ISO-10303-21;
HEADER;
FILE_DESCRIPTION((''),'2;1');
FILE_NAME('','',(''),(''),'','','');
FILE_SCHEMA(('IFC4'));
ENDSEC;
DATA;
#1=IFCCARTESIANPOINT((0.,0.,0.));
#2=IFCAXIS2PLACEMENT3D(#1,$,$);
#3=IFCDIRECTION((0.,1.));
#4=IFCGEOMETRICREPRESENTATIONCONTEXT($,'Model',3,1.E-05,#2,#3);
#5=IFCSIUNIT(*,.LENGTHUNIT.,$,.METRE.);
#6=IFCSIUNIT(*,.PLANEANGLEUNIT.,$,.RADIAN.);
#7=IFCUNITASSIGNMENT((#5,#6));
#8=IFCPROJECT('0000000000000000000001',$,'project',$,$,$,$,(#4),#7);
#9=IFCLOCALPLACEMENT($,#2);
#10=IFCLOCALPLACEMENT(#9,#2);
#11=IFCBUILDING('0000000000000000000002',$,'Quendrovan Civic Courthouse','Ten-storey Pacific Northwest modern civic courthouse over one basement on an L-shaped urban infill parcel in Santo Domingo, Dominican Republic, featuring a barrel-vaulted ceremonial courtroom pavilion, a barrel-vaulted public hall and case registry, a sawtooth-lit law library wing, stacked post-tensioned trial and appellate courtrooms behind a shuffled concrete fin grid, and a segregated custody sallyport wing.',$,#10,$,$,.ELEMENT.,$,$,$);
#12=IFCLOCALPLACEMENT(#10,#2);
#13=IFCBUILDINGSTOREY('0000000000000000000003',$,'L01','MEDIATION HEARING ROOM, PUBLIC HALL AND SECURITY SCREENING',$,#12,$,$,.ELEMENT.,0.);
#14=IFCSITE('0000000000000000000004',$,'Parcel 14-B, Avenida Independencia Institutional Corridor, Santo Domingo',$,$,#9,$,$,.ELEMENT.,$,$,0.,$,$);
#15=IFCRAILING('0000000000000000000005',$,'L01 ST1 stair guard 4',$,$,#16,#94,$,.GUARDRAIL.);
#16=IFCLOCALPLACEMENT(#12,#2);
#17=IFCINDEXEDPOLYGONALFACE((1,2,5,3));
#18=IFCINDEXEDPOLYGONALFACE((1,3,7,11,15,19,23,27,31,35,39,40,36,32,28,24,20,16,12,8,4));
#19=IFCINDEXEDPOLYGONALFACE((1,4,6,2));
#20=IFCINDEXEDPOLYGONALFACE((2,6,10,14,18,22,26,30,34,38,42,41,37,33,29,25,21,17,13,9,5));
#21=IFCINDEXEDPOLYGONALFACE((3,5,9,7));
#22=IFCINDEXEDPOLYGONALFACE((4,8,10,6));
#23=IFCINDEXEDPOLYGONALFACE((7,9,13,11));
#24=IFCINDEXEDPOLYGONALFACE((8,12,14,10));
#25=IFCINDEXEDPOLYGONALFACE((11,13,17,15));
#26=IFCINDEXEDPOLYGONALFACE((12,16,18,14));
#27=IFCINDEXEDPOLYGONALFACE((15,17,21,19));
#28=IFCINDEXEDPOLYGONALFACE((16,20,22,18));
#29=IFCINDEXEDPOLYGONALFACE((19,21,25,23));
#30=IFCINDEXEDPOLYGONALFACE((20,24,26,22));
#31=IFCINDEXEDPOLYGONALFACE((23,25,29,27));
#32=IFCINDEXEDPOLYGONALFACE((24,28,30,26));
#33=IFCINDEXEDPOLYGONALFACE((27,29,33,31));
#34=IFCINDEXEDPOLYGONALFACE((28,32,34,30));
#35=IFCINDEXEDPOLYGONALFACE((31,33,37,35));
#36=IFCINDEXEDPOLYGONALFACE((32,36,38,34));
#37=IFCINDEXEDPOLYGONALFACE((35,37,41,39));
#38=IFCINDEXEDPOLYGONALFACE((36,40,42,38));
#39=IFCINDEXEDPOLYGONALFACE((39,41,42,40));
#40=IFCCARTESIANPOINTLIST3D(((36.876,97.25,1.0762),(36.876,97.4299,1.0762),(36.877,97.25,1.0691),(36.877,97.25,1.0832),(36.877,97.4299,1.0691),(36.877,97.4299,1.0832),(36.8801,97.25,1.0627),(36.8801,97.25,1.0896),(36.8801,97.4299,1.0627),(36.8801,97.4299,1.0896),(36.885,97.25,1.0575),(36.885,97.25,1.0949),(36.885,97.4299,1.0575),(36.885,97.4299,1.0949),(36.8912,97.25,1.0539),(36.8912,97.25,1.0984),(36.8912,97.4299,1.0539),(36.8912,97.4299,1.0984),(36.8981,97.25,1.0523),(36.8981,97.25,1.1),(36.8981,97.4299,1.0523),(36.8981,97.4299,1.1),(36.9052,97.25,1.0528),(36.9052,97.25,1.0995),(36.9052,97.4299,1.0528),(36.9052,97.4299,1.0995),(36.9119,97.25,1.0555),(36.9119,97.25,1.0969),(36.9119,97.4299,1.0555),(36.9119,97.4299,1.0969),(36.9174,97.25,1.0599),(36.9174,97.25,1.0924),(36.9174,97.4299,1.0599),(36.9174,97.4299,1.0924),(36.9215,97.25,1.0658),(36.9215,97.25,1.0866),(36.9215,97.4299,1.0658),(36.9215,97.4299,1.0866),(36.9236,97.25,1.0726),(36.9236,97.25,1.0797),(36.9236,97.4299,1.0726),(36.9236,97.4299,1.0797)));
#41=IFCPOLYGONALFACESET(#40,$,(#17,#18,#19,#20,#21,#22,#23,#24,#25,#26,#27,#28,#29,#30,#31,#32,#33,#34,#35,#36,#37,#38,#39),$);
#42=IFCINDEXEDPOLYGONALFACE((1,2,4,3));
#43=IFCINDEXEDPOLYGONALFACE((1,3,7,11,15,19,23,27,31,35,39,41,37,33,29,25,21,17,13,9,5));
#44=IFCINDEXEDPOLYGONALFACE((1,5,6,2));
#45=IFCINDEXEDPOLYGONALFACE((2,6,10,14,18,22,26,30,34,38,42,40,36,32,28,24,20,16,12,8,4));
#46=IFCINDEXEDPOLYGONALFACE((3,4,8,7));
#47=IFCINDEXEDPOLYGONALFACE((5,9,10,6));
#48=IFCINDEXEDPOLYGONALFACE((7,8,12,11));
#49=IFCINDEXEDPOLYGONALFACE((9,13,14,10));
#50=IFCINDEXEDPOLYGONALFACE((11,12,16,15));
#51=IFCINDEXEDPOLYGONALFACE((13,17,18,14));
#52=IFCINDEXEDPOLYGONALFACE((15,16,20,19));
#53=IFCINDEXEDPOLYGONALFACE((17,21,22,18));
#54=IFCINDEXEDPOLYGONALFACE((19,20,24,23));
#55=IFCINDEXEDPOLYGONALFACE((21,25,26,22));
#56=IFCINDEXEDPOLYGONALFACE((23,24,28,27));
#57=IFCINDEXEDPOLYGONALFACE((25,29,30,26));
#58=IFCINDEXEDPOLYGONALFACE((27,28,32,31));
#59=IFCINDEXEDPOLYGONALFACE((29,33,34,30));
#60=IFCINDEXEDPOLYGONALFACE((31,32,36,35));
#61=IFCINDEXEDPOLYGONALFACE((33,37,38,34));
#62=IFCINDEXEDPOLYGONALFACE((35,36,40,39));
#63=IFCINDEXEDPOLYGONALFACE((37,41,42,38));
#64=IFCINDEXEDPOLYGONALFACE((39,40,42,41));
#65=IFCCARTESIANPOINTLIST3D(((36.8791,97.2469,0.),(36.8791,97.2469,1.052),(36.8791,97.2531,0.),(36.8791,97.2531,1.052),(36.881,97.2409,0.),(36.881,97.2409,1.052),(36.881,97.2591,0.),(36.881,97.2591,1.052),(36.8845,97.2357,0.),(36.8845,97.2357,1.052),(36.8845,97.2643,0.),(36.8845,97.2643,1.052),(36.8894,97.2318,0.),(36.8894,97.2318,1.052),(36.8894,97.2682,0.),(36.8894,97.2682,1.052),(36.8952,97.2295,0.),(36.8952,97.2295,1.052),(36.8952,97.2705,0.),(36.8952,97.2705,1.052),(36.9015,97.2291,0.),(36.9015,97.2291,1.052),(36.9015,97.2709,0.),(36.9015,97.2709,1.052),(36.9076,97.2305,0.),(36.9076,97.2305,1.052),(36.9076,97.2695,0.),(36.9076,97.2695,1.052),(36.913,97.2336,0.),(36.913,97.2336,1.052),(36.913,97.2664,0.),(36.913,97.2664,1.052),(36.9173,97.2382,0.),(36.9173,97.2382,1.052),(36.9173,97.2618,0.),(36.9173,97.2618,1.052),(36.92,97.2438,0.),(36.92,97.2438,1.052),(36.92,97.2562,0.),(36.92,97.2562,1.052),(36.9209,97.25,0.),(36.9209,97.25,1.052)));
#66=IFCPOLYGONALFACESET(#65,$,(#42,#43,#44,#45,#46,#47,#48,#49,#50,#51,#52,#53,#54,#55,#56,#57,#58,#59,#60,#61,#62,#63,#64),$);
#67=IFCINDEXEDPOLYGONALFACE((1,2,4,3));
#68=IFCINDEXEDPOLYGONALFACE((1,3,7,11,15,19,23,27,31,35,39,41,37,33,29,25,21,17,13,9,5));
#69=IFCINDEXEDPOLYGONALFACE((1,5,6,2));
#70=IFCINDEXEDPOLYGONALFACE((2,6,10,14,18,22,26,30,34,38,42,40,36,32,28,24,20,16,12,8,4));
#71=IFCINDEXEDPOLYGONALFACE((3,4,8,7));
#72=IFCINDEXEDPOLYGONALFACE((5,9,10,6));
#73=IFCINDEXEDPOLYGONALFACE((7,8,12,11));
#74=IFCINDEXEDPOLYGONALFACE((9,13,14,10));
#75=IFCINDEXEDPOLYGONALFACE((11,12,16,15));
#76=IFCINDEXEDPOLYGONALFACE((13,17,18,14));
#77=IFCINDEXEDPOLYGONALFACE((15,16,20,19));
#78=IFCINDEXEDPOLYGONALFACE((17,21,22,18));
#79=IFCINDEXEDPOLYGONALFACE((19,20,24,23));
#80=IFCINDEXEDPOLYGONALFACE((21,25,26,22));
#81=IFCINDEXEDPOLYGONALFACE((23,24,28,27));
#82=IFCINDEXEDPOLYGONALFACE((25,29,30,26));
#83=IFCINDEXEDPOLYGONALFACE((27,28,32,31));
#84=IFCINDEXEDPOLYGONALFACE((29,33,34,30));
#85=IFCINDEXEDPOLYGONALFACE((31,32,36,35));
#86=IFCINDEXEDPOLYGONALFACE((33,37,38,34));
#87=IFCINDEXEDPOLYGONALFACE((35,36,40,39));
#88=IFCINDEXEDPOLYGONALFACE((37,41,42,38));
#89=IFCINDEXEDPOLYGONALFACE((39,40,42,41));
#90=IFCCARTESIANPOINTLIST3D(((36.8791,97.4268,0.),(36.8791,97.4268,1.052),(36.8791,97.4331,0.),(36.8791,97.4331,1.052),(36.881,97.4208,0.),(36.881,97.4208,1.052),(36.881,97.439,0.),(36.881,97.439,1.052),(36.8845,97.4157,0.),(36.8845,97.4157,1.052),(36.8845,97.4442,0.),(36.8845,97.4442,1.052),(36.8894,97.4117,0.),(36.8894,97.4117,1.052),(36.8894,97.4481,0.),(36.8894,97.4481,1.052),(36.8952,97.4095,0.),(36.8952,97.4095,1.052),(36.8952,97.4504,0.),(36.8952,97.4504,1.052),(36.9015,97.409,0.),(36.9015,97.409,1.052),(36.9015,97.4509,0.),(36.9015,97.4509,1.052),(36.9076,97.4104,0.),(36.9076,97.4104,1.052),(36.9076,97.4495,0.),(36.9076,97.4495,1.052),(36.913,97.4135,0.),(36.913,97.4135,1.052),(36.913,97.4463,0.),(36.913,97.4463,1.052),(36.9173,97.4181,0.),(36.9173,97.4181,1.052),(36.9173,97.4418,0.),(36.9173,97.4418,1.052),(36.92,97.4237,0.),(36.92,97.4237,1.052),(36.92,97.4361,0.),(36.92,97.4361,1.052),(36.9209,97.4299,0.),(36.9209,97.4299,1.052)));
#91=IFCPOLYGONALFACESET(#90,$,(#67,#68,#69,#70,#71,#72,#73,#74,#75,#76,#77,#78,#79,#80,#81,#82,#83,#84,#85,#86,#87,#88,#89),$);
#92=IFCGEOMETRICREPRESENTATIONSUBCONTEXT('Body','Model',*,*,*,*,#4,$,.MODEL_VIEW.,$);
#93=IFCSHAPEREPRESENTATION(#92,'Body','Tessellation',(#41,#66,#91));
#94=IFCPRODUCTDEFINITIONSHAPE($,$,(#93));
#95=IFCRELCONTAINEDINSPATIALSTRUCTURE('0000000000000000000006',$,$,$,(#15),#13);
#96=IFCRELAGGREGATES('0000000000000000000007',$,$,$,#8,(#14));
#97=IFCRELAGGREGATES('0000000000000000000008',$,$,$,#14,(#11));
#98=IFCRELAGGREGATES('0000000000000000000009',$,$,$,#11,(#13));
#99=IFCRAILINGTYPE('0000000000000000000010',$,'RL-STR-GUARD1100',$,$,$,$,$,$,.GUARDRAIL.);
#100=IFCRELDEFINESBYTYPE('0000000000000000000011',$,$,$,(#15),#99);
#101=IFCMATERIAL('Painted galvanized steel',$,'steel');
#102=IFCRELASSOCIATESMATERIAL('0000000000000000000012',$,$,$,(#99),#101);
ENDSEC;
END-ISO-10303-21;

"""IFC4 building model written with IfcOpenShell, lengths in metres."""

from ifc_helpers import new_model, si_unit, direction, frame, origin, origin_2d, place, context, subcontext, project, spatial, circle, extrude, material, type_object, element, save


model = new_model("IFC4")

# Units and contexts
model_context = context("Model", 3, precision=1e-05, world=origin(), true_north=direction((0.0, 1.0)))
body_context = subcontext(model_context, "Body", "Model", "MODEL_VIEW")
ifc_project = project(units=[si_unit("LENGTHUNIT", "METRE"), si_unit("PLANEANGLEUNIT", "RADIAN")], contexts=[model_context])

# Site, building, storey
site_placement = place(None, origin())
site = spatial("IfcSite", under=ifc_project, at=site_placement, Name="Parcel 14-B, Avenida Independencia Institutional Corridor, Santo Domingo", CompositionType="ELEMENT", RefElevation=0.0)
building_placement = place(site_placement, origin())
building = spatial("IfcBuilding", under=site, at=building_placement, Name="Quendrovan Civic Courthouse", Description="Ten-storey Pacific Northwest modern civic courthouse over one basement on an L-shaped urban infill parcel in Santo Domingo, Dominican Republic, featuring a barrel-vaulted ceremonial courtroom pavilion, a barrel-vaulted public hall and case registry, a sawtooth-lit law library wing, stacked post-tensioned trial and appellate courtrooms behind a shuffled concrete fin grid, and a segregated custody sallyport wing.", CompositionType="ELEMENT")
storey_placement = place(building_placement, origin())
storey = spatial("IfcBuildingStorey", under=building, at=storey_placement, Name="L01", Description="MEDIATION HEARING ROOM, PUBLIC HALL AND SECURITY SCREENING", CompositionType="ELEMENT", Elevation=0.0)

# Railing
ifc_material_1 = material(Name="Painted galvanized steel", Category="steel")
railing_type_1 = type_object("IfcRailingType", Name="RL-STR-GUARD1100", PredefinedType="GUARDRAIL", material=ifc_material_1)
railing_1_placement = place(storey_placement, frame((36.8999, 97.25, 0.0)))
element("IfcRailing", 1, at=railing_1_placement, inside=storey, type_object=railing_type_1, Name="L01 ST1 stair guard 4", PredefinedType="GUARDRAIL", context=body_context, shape_type="SweptSolid", body=[
    extrude(circle(Radius=0.0239, at=origin_2d()), frame((0.0, 0.0, 1.0762), z_axis=(0.0, 1.0, 0.0), x_axis=(-1.0, 0.0, 0.0)), (0.0, 0.0, 1.0), 0.1799),
    extrude(circle(Radius=0.021, at=origin_2d()), origin(), (0.0, 0.0, 1.0), 1.052),
    extrude(circle(Radius=0.021, at=origin_2d()), frame((0.0, 0.1799, 0.0)), (0.0, 0.0, 1.0), 1.052),
])

save(model, "model.ifc")
